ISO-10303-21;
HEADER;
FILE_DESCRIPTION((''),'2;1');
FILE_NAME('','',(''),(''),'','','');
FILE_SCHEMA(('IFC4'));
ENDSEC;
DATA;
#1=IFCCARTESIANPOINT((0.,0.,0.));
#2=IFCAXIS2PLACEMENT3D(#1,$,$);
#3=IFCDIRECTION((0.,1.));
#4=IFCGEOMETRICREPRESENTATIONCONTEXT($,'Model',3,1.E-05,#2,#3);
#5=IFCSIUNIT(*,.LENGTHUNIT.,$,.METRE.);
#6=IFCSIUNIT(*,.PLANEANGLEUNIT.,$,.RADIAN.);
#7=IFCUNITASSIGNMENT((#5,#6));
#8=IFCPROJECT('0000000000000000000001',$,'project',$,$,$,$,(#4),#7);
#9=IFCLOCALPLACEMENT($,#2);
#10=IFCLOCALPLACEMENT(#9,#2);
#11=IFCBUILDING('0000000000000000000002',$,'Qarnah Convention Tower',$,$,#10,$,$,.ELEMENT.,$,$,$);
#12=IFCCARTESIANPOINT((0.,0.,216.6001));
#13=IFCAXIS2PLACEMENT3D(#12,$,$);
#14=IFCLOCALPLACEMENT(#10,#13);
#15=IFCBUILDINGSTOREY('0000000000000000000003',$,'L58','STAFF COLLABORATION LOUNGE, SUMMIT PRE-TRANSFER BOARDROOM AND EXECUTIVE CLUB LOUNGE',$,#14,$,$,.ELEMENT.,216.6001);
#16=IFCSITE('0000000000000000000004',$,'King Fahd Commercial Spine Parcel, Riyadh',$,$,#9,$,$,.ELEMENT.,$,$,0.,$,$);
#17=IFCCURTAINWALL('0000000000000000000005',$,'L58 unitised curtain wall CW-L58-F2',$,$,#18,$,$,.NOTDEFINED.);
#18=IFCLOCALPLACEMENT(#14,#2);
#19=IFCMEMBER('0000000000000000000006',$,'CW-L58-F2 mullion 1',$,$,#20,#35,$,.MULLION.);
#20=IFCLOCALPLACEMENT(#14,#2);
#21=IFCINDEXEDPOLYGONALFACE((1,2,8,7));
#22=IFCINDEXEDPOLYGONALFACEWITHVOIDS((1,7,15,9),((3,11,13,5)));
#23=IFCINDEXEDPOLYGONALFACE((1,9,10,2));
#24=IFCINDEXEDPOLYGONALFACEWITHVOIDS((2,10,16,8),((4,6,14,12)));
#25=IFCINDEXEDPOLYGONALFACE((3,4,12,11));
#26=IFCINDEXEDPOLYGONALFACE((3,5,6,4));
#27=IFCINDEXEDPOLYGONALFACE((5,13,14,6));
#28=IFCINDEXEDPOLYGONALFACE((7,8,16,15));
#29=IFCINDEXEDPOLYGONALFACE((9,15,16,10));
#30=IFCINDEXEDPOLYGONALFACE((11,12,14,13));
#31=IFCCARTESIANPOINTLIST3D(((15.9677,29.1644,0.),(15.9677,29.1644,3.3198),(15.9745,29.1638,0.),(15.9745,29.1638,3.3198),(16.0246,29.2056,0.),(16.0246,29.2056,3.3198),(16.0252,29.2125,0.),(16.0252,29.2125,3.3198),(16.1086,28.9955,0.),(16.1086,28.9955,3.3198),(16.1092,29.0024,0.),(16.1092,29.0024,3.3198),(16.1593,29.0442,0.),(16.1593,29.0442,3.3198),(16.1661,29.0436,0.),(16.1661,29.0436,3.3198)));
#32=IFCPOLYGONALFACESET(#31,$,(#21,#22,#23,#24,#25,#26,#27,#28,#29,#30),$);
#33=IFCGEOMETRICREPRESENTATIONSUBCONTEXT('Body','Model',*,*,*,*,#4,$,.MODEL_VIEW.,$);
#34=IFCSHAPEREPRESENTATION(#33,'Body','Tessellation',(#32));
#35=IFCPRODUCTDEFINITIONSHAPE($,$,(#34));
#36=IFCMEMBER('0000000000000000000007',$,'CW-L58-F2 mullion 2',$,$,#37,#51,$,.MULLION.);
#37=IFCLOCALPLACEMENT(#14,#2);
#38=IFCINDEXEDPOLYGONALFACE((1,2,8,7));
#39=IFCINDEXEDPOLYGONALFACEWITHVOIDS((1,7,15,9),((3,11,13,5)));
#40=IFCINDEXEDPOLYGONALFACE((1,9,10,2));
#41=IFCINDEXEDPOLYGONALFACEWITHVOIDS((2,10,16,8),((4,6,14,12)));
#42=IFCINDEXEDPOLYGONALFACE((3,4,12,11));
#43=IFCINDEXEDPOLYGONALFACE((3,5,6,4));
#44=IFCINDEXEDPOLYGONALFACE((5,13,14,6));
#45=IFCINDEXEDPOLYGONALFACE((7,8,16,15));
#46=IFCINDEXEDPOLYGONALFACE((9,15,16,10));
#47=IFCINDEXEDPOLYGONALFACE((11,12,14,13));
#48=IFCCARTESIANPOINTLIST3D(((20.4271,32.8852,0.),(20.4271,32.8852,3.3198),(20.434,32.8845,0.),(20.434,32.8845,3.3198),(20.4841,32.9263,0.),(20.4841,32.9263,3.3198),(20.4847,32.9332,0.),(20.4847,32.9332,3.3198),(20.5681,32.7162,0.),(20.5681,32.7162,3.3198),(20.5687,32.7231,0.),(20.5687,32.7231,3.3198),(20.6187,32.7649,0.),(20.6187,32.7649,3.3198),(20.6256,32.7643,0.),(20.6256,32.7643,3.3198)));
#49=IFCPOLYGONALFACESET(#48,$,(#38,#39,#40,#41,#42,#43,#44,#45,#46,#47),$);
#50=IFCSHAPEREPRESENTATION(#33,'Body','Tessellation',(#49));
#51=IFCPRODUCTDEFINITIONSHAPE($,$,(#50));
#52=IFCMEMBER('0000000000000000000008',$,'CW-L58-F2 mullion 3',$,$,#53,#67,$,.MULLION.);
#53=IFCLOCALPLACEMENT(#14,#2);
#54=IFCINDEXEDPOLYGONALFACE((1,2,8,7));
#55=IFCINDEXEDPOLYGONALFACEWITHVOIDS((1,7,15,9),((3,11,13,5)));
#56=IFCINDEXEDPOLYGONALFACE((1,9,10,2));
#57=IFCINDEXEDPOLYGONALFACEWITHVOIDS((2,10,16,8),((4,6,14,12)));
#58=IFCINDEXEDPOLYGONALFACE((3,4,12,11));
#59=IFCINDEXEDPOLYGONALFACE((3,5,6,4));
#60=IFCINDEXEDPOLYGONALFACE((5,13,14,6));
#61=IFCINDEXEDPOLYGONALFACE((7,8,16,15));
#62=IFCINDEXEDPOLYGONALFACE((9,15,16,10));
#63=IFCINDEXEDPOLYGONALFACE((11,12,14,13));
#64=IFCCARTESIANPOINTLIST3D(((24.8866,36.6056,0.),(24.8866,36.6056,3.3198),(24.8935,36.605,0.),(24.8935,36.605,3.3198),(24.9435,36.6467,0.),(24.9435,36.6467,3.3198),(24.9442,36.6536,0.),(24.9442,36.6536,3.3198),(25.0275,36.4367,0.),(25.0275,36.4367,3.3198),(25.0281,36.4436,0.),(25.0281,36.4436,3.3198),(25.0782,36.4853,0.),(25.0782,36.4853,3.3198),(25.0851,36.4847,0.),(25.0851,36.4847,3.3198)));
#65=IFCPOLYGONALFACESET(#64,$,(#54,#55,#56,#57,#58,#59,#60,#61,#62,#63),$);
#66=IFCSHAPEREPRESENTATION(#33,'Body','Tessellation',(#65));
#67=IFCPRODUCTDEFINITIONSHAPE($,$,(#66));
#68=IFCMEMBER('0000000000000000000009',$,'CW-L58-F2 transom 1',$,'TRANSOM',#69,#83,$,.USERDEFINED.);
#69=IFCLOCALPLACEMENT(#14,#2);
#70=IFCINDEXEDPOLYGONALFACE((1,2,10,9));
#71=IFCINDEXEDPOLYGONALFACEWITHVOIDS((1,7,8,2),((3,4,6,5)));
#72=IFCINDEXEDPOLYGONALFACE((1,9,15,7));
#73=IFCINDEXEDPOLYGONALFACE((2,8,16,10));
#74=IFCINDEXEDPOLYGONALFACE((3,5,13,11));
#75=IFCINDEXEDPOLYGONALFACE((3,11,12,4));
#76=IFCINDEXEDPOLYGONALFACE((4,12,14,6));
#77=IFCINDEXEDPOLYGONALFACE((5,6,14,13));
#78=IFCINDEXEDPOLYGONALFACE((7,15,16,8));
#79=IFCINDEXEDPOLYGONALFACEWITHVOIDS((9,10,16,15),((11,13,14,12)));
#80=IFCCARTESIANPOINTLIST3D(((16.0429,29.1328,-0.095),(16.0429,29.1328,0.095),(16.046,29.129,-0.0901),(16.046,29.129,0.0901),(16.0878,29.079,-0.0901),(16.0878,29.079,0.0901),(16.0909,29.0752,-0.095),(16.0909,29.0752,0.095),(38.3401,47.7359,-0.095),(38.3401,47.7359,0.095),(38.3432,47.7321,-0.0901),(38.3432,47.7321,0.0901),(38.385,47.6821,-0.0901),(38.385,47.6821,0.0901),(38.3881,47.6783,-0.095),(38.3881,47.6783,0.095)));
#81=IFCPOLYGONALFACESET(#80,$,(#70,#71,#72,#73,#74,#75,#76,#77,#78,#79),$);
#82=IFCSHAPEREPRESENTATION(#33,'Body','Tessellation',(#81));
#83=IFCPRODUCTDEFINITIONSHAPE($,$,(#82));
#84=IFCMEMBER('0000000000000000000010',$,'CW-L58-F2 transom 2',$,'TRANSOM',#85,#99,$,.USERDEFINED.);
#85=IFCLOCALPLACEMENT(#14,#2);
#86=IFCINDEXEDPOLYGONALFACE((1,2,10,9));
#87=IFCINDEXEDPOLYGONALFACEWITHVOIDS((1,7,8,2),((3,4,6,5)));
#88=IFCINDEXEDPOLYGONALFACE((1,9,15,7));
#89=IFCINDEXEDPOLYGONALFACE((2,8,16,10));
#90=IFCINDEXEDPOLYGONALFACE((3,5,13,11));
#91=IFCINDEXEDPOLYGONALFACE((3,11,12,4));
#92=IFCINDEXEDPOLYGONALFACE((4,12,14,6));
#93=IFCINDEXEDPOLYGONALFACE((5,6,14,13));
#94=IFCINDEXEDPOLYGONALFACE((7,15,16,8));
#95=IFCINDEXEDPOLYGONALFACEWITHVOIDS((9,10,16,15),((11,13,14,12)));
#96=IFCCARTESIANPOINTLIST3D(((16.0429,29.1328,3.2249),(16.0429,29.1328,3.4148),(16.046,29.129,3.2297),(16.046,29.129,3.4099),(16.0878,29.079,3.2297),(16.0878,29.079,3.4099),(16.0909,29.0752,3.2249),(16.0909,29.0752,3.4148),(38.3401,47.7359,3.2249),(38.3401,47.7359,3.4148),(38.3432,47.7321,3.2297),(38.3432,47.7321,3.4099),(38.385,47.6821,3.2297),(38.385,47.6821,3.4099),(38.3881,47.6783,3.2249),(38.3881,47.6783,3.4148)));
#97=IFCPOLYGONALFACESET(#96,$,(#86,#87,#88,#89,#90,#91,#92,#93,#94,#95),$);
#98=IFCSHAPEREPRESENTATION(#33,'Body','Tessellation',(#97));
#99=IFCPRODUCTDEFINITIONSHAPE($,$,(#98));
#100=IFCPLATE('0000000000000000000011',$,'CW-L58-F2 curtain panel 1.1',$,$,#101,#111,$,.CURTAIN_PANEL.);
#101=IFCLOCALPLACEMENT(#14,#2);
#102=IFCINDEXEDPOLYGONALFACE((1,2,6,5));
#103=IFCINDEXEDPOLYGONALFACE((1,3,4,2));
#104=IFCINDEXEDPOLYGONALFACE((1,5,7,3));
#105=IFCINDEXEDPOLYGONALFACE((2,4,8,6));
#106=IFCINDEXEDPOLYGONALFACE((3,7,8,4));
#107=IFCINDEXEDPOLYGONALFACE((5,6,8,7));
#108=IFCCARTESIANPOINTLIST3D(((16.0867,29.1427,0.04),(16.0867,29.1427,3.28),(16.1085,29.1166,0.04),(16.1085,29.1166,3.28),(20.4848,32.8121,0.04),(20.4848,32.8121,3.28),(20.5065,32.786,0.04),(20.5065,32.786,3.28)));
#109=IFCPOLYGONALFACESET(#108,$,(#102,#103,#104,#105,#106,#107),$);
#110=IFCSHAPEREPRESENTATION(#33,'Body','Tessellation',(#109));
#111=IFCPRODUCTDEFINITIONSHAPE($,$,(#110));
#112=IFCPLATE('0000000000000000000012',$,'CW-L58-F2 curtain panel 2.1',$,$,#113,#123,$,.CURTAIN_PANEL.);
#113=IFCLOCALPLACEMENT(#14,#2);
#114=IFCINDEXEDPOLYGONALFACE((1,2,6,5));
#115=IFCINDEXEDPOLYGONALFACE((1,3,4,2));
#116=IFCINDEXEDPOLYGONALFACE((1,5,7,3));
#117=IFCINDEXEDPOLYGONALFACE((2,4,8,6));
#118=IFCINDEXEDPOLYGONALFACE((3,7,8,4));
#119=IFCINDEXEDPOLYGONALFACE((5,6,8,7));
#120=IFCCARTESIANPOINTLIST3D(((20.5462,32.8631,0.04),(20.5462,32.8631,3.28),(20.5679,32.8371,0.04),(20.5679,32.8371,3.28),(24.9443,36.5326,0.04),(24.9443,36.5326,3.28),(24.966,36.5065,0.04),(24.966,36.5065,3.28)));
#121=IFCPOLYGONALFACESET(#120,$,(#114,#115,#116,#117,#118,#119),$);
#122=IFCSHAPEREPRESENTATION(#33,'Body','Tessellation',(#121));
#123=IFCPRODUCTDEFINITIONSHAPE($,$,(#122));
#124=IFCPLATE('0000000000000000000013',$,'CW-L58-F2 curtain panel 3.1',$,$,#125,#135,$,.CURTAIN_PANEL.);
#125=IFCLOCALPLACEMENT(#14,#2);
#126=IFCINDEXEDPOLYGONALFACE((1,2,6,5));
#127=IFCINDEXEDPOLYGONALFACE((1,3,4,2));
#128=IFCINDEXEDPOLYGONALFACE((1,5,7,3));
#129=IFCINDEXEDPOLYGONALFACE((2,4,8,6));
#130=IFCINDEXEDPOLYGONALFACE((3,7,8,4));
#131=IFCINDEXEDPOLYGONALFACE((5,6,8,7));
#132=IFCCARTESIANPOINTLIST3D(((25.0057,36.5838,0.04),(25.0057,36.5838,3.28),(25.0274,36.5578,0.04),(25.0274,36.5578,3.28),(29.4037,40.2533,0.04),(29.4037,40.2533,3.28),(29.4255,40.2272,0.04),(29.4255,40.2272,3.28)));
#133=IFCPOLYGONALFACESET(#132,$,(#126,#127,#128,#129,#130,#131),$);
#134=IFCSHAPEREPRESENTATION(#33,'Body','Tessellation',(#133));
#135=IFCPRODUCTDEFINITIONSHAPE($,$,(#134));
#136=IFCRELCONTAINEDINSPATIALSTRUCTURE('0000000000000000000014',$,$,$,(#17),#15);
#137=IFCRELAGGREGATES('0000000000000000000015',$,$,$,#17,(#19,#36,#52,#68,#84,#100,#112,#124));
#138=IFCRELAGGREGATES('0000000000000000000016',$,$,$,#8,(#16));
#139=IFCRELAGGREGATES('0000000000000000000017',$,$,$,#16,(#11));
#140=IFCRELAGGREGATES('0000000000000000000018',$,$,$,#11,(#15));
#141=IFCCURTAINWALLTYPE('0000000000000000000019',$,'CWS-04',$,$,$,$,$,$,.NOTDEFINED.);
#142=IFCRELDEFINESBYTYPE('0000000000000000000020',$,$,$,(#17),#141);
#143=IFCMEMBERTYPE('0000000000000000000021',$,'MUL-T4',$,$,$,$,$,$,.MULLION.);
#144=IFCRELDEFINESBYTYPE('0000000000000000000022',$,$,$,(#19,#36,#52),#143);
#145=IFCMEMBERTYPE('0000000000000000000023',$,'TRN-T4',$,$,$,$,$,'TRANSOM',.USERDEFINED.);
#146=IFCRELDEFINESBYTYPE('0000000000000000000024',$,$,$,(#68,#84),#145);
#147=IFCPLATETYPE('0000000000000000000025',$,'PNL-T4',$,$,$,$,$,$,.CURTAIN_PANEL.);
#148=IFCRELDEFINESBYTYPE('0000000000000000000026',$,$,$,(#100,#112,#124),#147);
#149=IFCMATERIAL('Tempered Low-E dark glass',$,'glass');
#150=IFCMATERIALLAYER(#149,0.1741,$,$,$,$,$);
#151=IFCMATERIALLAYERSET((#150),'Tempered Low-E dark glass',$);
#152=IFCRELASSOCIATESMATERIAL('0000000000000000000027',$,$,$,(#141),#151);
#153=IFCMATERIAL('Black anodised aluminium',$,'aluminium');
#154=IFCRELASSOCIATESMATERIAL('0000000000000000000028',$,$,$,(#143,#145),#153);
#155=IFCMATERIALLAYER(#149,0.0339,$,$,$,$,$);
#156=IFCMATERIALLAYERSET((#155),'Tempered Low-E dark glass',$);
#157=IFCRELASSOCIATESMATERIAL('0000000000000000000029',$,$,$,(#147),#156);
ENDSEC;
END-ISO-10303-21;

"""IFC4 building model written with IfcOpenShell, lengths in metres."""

from ifc_helpers import new_model, si_unit, direction, frame, origin, origin_2d, place, context, subcontext, project, spatial, rectangle, hollow_rectangle, extrude, material, layer, layer_set, material_profile, profile_set, type_object, element, aggregate, save


model = new_model("IFC4")

# Units and contexts
model_context = context("Model", 3, precision=1e-05, world=origin(), true_north=direction((0.0, 1.0)))
body_context = subcontext(model_context, "Body", "Model", "MODEL_VIEW")
ifc_project = project(units=[si_unit("LENGTHUNIT", "METRE"), si_unit("PLANEANGLEUNIT", "RADIAN")], contexts=[model_context])

# Site, building, storey
site_placement = place(None, origin())
site = spatial("IfcSite", under=ifc_project, at=site_placement, Name="King Fahd Commercial Spine Parcel, Riyadh", CompositionType="ELEMENT", RefElevation=0.0)
building_placement = place(site_placement, origin())
building = spatial("IfcBuilding", under=site, at=building_placement, Name="Qarnah Convention Tower", CompositionType="ELEMENT")
storey_placement = place(building_placement, frame((0.0, 0.0, 216.6001)))
storey = spatial("IfcBuildingStorey", under=building, at=storey_placement, Name="L58", Description="STAFF COLLABORATION LOUNGE, SUMMIT PRE-TRANSFER BOARDROOM AND EXECUTIVE CLUB LOUNGE", CompositionType="ELEMENT", Elevation=216.6001)

# Curtain wall, members, plates
ifc_material_1 = material(Name="Tempered Low-E dark glass", Category="glass")
ifc_layer_1 = layer(ifc_material_1, 0.1741)
ifc_layer_set_1 = layer_set([ifc_layer_1], Name="Tempered Low-E dark glass")
curtain_wall_type = type_object("IfcCurtainWallType", Name="CWS-04", PredefinedType="NOTDEFINED", material=ifc_layer_set_1)
curtain_wall_placement = place(storey_placement, origin())
curtain_wall = element("IfcCurtainWall", 1, at=curtain_wall_placement, inside=storey, type_object=curtain_wall_type, Name="L58 unitised curtain wall CW-L58-F2", PredefinedType="NOTDEFINED")
ifc_material_2 = material(Name="Black anodised aluminium", Category="aluminium")
ifc_material_profile_1 = material_profile(ifc_material_2, hollow_rectangle(XDim=0.075, YDim=0.22, WallThickness=0.0049, at=origin_2d()), Name="MUL-75X220")
ifc_profile_set_1 = profile_set([ifc_material_profile_1], Name="Black anodised aluminium")
member_type_1 = type_object("IfcMemberType", Name="MUL-T4", PredefinedType="MULLION", material=ifc_profile_set_1)
member_1_placement = place(storey_placement, frame((16.0669, 29.104, 0.0), z_axis=(0.0, 0.0, 1.0), x_axis=(0.767846, 0.640635, 0.0)))
member_1 = element("IfcMember", 2, at=member_1_placement, type_object=member_type_1, Name="CW-L58-F2 mullion 1", PredefinedType="MULLION", context=body_context, shape_type="SweptSolid", body=[
    extrude(hollow_rectangle(XDim=0.075, YDim=0.22, WallThickness=0.0049, at=origin_2d()), origin(), (0.0, 0.0, 1.0), 3.3198),
])
member_2_placement = place(storey_placement, frame((20.5264, 32.8247, 0.0), z_axis=(0.0, 0.0, 1.0), x_axis=(0.767846, 0.640635, 0.0)))
member_2 = element("IfcMember", 3, at=member_2_placement, type_object=member_type_1, Name="CW-L58-F2 mullion 2", PredefinedType="MULLION", context=body_context, shape_type="SweptSolid", body=[
    extrude(hollow_rectangle(XDim=0.075, YDim=0.22, WallThickness=0.0049, at=origin_2d()), origin(), (0.0, 0.0, 1.0), 3.3198),
])
member_3_placement = place(storey_placement, frame((24.9858, 36.5452, 0.0), z_axis=(0.0, 0.0, 1.0), x_axis=(0.767846, 0.640635, 0.0)))
member_3 = element("IfcMember", 4, at=member_3_placement, type_object=member_type_1, Name="CW-L58-F2 mullion 3", PredefinedType="MULLION", context=body_context, shape_type="SweptSolid", body=[
    extrude(hollow_rectangle(XDim=0.075, YDim=0.22, WallThickness=0.0049, at=origin_2d()), origin(), (0.0, 0.0, 1.0), 3.3198),
])
ifc_material_profile_2 = material_profile(ifc_material_2, hollow_rectangle(XDim=0.075, YDim=0.1899, WallThickness=0.0049, at=origin_2d()), Name="TRN-75X190")
ifc_profile_set_2 = profile_set([ifc_material_profile_2], Name="Black anodised aluminium")
member_type_2 = type_object("IfcMemberType", Name="TRN-T4", ElementType="TRANSOM", PredefinedType="USERDEFINED", material=ifc_profile_set_2)
member_4_placement = place(storey_placement, frame((16.0669, 29.104, 0.0), z_axis=(0.767847, 0.640633, 0.0), x_axis=(-0.640633, 0.767847, 0.0)))
member_4 = element("IfcMember", 5, at=member_4_placement, type_object=member_type_2, Name="CW-L58-F2 transom 1", ObjectType="TRANSOM", PredefinedType="USERDEFINED", context=body_context, shape_type="SweptSolid", body=[
    extrude(hollow_rectangle(XDim=0.075, YDim=0.1899, WallThickness=0.0049, at=origin_2d()), origin(), (0.0, 0.0, 1.0), 29.0386),
])
member_5_placement = place(storey_placement, frame((16.0669, 29.104, 3.3198), z_axis=(0.767847, 0.640633, 0.0), x_axis=(-0.640633, 0.767847, 0.0)))
member_5 = element("IfcMember", 6, at=member_5_placement, type_object=member_type_2, Name="CW-L58-F2 transom 2", ObjectType="TRANSOM", PredefinedType="USERDEFINED", context=body_context, shape_type="SweptSolid", body=[
    extrude(hollow_rectangle(XDim=0.075, YDim=0.1899, WallThickness=0.0049, at=origin_2d()), origin(), (0.0, 0.0, 1.0), 29.0386),
])
ifc_layer_2 = layer(ifc_material_1, 0.0339)
ifc_layer_set_2 = layer_set([ifc_layer_2], Name="Tempered Low-E dark glass")
plate_type = type_object("IfcPlateType", Name="PNL-T4", PredefinedType="CURTAIN_PANEL", material=ifc_layer_set_2)
plate_1_placement = place(storey_placement, frame((18.2966, 30.9644, 0.04), z_axis=(0.0, 0.0, 1.0), x_axis=(0.767846, 0.640635, 0.0)))
plate_1 = element("IfcPlate", 7, at=plate_1_placement, type_object=plate_type, Name="CW-L58-F2 curtain panel 1.1", PredefinedType="CURTAIN_PANEL", context=body_context, shape_type="SweptSolid", body=[
    extrude(rectangle(XDim=5.7278, YDim=0.0339, at=origin_2d()), origin(), (0.0, 0.0, 1.0), 3.24),
])
plate_2_placement = place(storey_placement, frame((22.7561, 34.6848, 0.04), z_axis=(0.0, 0.0, 1.0), x_axis=(0.767846, 0.640635, 0.0)))
plate_2 = element("IfcPlate", 8, at=plate_2_placement, type_object=plate_type, Name="CW-L58-F2 curtain panel 2.1", PredefinedType="CURTAIN_PANEL", context=body_context, shape_type="SweptSolid", body=[
    extrude(rectangle(XDim=5.7278, YDim=0.0339, at=origin_2d()), origin(), (0.0, 0.0, 1.0), 3.24),
])
plate_3_placement = place(storey_placement, frame((27.2156, 38.4055, 0.04), z_axis=(0.0, 0.0, 1.0), x_axis=(0.767846, 0.640635, 0.0)))
plate_3 = element("IfcPlate", 9, at=plate_3_placement, type_object=plate_type, Name="CW-L58-F2 curtain panel 3.1", PredefinedType="CURTAIN_PANEL", context=body_context, shape_type="SweptSolid", body=[
    extrude(rectangle(XDim=5.7278, YDim=0.0339, at=origin_2d()), origin(), (0.0, 0.0, 1.0), 3.24),
])
aggregate(curtain_wall, [member_1, member_2, member_3, member_4, member_5, plate_1, plate_2, plate_3])

save(model, "model.ifc")
